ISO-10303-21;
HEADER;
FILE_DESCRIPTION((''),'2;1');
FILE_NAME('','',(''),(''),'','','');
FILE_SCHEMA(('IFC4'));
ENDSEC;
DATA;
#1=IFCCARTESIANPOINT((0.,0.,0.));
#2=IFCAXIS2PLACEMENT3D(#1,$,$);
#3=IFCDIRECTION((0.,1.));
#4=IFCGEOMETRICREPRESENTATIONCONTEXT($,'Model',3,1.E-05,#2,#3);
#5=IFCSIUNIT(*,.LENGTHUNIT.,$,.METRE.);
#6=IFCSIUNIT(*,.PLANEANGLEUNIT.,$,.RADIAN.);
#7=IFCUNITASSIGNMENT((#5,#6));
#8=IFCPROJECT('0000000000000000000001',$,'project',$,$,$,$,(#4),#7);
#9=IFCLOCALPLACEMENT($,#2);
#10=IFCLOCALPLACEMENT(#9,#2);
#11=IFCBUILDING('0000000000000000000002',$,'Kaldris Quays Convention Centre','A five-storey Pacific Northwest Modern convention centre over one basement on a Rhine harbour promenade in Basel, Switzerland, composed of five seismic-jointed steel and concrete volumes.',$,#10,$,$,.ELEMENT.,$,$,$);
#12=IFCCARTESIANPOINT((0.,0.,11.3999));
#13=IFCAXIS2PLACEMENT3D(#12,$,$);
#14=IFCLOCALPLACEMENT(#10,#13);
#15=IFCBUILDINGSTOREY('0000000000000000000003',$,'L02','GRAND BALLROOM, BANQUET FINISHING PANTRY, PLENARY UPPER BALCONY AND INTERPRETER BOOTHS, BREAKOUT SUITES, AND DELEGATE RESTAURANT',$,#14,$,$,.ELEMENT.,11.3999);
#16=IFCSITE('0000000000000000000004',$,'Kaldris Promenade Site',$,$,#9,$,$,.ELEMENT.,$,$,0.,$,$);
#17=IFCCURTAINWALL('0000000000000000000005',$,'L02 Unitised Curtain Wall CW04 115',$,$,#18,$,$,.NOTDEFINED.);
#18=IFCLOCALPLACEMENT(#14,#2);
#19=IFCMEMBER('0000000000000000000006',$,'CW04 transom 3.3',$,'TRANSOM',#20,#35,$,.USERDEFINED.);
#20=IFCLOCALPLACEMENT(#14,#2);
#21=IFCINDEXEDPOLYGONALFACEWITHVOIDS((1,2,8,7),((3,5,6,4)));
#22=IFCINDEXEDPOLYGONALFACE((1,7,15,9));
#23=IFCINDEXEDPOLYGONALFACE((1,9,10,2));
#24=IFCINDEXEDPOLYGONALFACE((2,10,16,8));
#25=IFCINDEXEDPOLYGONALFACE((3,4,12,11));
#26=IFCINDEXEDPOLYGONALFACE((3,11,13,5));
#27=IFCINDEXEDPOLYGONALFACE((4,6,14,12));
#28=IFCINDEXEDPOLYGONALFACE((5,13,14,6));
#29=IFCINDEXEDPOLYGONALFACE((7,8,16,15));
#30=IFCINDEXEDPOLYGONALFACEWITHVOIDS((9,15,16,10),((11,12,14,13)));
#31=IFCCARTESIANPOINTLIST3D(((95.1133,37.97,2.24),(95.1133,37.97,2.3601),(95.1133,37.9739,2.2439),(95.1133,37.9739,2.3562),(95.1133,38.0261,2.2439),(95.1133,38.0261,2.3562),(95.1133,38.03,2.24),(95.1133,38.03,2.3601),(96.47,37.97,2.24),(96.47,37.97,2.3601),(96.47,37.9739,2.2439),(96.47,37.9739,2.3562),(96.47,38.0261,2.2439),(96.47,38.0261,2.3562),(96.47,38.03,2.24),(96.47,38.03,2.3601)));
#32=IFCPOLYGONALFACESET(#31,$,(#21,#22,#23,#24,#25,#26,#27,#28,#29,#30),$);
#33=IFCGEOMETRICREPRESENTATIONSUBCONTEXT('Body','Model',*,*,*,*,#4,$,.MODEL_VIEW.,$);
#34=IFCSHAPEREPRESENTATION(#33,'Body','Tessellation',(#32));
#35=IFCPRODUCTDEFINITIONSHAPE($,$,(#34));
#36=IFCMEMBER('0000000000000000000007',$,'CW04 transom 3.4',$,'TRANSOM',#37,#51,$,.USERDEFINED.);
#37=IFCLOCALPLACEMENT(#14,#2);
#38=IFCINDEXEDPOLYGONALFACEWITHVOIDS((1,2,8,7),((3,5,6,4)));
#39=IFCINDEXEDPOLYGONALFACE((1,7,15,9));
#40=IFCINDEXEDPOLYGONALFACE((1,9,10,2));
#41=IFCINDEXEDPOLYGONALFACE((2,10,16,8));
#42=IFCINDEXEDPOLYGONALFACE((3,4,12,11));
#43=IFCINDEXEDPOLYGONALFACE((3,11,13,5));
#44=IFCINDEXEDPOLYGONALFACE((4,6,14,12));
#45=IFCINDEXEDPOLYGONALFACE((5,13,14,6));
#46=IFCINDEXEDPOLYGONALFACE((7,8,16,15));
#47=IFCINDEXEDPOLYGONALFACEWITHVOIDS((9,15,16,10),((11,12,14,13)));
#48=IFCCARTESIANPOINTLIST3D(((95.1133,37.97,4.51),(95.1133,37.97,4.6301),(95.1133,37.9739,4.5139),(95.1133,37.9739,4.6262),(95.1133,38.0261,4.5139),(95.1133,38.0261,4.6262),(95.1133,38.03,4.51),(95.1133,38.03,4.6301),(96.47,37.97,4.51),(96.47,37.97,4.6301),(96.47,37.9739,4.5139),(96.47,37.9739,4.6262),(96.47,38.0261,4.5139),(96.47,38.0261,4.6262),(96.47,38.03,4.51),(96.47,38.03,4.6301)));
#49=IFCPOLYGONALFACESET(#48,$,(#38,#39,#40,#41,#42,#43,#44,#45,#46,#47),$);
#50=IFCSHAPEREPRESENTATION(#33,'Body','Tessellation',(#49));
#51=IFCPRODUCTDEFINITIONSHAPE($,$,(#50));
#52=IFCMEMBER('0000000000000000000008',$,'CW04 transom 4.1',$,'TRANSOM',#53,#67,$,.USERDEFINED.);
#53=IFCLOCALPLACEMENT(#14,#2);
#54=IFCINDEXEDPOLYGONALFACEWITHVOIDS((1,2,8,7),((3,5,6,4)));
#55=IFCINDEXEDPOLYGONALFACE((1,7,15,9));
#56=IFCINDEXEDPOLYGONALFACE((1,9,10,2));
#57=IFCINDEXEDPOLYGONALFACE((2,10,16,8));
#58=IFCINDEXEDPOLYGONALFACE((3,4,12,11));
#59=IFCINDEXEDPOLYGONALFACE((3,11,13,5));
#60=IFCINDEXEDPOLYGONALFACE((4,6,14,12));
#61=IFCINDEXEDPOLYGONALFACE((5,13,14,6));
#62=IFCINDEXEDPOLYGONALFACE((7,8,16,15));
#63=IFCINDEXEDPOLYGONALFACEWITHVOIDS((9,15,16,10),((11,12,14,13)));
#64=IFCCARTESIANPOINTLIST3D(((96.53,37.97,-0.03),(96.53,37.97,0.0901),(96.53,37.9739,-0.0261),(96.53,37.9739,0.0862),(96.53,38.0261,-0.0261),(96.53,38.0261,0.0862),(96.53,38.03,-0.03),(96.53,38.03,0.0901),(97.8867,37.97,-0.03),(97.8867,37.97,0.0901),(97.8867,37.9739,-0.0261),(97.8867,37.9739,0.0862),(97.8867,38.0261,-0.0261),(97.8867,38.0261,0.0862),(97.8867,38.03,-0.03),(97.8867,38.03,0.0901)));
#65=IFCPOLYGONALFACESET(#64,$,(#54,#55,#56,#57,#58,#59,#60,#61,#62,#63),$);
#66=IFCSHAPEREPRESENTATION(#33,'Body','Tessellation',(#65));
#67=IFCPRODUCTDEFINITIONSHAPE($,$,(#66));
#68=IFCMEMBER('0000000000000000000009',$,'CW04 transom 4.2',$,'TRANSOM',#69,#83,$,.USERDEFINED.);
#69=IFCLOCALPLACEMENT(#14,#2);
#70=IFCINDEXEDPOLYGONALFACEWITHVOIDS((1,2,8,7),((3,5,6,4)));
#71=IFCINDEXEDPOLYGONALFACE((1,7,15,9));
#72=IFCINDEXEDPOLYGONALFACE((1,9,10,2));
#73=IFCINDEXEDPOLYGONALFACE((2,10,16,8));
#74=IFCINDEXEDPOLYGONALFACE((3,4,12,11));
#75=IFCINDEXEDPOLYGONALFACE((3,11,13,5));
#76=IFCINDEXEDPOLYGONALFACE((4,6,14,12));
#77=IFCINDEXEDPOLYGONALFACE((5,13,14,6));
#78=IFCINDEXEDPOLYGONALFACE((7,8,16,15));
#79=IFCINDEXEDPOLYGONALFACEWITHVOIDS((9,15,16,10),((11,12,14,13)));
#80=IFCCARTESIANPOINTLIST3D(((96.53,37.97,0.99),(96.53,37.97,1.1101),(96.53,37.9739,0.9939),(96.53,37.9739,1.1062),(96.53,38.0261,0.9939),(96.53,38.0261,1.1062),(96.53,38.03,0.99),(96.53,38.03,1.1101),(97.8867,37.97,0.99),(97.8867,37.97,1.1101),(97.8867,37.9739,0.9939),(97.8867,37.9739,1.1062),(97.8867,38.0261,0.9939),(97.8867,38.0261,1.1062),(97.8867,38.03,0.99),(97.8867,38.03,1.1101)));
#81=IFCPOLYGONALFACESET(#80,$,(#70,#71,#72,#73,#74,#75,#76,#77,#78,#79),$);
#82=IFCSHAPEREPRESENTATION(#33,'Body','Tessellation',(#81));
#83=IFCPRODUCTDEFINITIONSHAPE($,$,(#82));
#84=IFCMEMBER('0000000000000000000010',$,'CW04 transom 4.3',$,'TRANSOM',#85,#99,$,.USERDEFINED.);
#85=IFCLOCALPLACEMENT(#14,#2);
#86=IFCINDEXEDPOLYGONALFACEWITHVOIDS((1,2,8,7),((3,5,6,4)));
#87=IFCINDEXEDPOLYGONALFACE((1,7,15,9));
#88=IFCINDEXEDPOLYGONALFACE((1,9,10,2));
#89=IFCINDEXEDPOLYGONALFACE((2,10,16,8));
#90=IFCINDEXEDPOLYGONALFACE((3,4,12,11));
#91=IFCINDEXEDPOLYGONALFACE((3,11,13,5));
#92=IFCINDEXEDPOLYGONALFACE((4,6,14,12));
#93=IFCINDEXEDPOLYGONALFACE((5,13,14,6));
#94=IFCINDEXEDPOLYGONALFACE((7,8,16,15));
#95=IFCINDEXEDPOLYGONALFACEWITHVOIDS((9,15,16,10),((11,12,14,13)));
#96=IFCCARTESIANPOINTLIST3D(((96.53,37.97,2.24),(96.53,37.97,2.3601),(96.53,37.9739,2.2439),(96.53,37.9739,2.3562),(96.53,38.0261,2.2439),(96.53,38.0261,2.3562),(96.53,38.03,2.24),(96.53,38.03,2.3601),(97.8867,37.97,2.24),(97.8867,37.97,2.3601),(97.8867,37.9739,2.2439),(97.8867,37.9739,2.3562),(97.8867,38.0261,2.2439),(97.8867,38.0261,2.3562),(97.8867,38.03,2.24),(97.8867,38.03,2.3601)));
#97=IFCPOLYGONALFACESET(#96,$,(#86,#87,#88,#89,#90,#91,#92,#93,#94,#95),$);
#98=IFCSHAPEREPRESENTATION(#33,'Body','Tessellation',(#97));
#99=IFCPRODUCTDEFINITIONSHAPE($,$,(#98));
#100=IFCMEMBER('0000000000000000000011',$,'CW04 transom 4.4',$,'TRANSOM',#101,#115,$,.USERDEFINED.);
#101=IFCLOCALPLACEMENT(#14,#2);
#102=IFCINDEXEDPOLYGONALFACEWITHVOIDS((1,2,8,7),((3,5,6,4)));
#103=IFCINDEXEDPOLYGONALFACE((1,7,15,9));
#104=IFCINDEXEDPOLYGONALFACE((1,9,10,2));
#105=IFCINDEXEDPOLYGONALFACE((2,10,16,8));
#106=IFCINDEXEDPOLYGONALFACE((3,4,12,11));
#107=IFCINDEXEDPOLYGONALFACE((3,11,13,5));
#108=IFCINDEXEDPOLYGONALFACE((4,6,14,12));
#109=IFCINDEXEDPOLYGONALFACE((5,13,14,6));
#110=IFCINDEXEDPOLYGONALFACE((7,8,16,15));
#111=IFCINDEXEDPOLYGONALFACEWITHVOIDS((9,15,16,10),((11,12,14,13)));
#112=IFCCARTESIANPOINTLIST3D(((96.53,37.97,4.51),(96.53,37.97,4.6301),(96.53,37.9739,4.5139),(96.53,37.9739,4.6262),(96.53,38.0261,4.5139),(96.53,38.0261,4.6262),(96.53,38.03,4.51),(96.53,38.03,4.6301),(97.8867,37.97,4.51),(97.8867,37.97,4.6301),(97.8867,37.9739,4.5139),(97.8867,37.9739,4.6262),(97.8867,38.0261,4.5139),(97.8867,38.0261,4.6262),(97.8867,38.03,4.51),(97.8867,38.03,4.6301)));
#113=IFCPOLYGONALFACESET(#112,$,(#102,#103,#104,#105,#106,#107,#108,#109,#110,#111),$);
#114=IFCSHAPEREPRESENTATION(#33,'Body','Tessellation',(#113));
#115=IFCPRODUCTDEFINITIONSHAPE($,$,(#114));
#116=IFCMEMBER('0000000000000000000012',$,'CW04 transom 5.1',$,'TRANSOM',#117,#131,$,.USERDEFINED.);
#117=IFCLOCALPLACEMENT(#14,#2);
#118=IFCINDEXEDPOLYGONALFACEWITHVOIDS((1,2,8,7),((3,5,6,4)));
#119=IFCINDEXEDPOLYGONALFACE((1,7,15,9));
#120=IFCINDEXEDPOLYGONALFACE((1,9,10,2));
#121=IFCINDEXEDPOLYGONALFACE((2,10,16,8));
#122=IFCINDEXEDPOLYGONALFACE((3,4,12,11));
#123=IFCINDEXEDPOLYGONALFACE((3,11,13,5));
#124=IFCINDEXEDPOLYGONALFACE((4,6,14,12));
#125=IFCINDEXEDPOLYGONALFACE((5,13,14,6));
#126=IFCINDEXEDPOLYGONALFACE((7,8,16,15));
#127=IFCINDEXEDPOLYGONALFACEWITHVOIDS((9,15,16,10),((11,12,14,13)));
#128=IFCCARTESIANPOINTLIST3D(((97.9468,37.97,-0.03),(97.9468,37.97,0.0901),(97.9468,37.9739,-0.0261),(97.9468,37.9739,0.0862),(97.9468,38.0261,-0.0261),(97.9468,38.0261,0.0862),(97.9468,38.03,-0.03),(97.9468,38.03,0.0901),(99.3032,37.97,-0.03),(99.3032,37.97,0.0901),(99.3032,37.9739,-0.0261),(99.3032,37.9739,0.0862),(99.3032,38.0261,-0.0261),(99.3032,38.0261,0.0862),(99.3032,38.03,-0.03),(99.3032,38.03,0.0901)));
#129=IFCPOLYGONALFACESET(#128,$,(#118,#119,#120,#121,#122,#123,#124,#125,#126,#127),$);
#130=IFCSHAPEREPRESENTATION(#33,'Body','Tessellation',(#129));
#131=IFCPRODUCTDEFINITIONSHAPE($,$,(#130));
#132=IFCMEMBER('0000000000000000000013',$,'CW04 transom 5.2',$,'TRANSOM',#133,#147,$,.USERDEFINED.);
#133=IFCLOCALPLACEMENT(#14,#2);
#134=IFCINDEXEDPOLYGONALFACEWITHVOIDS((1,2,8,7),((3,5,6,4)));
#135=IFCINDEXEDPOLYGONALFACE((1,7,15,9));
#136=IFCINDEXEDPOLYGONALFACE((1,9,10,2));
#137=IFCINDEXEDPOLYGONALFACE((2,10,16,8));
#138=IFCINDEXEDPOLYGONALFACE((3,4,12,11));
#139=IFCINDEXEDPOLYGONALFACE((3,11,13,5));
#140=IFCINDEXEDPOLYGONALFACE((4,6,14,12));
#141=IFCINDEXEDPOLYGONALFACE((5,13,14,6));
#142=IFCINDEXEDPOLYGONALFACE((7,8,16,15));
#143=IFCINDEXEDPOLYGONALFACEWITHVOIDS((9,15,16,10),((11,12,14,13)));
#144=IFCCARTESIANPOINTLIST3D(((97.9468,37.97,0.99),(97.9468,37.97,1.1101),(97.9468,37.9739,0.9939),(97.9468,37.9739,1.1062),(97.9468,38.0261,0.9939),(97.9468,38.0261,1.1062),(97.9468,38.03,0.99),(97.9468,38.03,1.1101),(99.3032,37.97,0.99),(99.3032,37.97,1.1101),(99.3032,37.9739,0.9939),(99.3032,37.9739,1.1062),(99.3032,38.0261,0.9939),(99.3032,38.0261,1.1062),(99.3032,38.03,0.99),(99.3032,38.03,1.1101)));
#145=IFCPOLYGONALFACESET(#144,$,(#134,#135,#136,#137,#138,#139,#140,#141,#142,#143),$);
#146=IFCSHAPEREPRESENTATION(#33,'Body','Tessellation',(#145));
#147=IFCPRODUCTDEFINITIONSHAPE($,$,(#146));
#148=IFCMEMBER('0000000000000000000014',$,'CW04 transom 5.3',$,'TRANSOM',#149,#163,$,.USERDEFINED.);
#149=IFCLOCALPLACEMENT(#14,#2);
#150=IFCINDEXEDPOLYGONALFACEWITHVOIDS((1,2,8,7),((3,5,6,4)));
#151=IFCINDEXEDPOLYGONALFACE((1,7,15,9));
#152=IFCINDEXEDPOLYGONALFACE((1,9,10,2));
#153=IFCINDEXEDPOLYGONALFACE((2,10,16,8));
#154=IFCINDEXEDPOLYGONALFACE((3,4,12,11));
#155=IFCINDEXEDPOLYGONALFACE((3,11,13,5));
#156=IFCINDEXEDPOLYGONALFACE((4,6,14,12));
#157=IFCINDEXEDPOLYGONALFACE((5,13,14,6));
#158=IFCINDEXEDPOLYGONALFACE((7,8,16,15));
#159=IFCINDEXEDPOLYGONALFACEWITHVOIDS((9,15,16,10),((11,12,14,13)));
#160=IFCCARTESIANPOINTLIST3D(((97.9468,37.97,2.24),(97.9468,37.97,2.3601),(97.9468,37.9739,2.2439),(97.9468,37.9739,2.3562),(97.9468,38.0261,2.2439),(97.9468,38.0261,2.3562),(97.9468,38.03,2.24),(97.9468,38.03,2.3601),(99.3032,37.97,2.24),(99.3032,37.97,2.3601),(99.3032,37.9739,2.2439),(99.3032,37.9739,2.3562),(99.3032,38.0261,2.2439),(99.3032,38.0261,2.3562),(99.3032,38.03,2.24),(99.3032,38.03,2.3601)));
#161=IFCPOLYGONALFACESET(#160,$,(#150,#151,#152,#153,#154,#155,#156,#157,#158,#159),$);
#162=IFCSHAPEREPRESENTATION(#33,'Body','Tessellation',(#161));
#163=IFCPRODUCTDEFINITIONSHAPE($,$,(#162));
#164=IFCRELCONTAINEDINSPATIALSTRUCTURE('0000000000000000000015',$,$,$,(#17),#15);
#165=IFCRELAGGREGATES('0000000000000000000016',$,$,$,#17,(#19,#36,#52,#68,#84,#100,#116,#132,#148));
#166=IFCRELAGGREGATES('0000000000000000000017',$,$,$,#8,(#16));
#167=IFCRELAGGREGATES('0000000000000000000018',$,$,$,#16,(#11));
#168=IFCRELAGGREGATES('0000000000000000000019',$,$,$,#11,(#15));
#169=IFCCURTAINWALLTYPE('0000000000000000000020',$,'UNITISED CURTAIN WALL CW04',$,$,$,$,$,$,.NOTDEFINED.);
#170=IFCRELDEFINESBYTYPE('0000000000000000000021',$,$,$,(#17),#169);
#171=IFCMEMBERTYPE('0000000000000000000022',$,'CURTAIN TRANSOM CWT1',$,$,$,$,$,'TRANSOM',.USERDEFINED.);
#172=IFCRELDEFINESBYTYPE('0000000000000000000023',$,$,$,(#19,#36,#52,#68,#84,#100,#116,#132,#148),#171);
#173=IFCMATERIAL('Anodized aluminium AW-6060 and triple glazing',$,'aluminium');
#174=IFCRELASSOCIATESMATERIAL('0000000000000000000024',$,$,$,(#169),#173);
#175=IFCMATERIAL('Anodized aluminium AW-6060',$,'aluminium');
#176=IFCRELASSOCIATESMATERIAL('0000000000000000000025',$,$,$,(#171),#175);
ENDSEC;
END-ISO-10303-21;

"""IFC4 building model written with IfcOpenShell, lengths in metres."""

from ifc_helpers import new_model, si_unit, direction, frame, origin, origin_2d, place, context, subcontext, project, spatial, hollow_rectangle, extrude, material, material_profile, profile_set, type_object, element, aggregate, save


model = new_model("IFC4")

# Units and contexts
model_context = context("Model", 3, precision=1e-05, world=origin(), true_north=direction((0.0, 1.0)))
body_context = subcontext(model_context, "Body", "Model", "MODEL_VIEW")
ifc_project = project(units=[si_unit("LENGTHUNIT", "METRE"), si_unit("PLANEANGLEUNIT", "RADIAN")], contexts=[model_context])

# Site, building, storey
site_placement = place(None, origin())
site = spatial("IfcSite", under=ifc_project, at=site_placement, Name="Kaldris Promenade Site", CompositionType="ELEMENT", RefElevation=0.0)
building_placement = place(site_placement, origin())
building = spatial("IfcBuilding", under=site, at=building_placement, Name="Kaldris Quays Convention Centre", Description="A five-storey Pacific Northwest Modern convention centre over one basement on a Rhine harbour promenade in Basel, Switzerland, composed of five seismic-jointed steel and concrete volumes.", CompositionType="ELEMENT")
storey_placement = place(building_placement, frame((0.0, 0.0, 11.3999)))
storey = spatial("IfcBuildingStorey", under=building, at=storey_placement, Name="L02", Description="GRAND BALLROOM, BANQUET FINISHING PANTRY, PLENARY UPPER BALCONY AND INTERPRETER BOOTHS, BREAKOUT SUITES, AND DELEGATE RESTAURANT", CompositionType="ELEMENT", Elevation=11.3999)

# Curtain wall, members
ifc_material_1 = material(Name="Anodized aluminium AW-6060 and triple glazing", Category="aluminium")
curtain_wall_type = type_object("IfcCurtainWallType", Name="UNITISED CURTAIN WALL CW04", PredefinedType="NOTDEFINED", material=ifc_material_1)
curtain_wall_placement = place(storey_placement, origin())
curtain_wall = element("IfcCurtainWall", 1, at=curtain_wall_placement, inside=storey, type_object=curtain_wall_type, Name="L02 Unitised Curtain Wall CW04 115", PredefinedType="NOTDEFINED")
ifc_material_2 = material(Name="Anodized aluminium AW-6060", Category="aluminium")
ifc_material_profile_1 = material_profile(ifc_material_2, hollow_rectangle(XDim=0.0601, YDim=0.1201, WallThickness=0.0039, at=origin_2d()), Name="RHS 120x60x4")
ifc_profile_set_1 = profile_set([ifc_material_profile_1], Name="Anodized aluminium AW-6060")
member_type_1 = type_object("IfcMemberType", Name="CURTAIN TRANSOM CWT1", ElementType="TRANSOM", PredefinedType="USERDEFINED", material=ifc_profile_set_1)
member_1_placement = place(storey_placement, frame((95.1133, 38.0, 2.3), z_axis=(1.0, 0.0, 0.0), x_axis=(0.0, 1.0, 0.0)))
member_1 = element("IfcMember", 2, at=member_1_placement, type_object=member_type_1, Name="CW04 transom 3.3", ObjectType="TRANSOM", PredefinedType="USERDEFINED", context=body_context, shape_type="SweptSolid", body=[
    extrude(hollow_rectangle(XDim=0.0601, YDim=0.1201, WallThickness=0.0039, at=origin_2d()), origin(), (0.0, 0.0, 1.0), 1.3567),
])
member_2_placement = place(storey_placement, frame((95.1133, 38.0, 4.5701), z_axis=(1.0, 0.0, 0.0), x_axis=(0.0, 1.0, 0.0)))
member_2 = element("IfcMember", 3, at=member_2_placement, type_object=member_type_1, Name="CW04 transom 3.4", ObjectType="TRANSOM", PredefinedType="USERDEFINED", context=body_context, shape_type="SweptSolid", body=[
    extrude(hollow_rectangle(XDim=0.0601, YDim=0.1201, WallThickness=0.0039, at=origin_2d()), origin(), (0.0, 0.0, 1.0), 1.3567),
])
member_3_placement = place(storey_placement, frame((96.53, 38.0, 0.03), z_axis=(1.0, 0.0, 0.0), x_axis=(0.0, 1.0, 0.0)))
member_3 = element("IfcMember", 4, at=member_3_placement, type_object=member_type_1, Name="CW04 transom 4.1", ObjectType="TRANSOM", PredefinedType="USERDEFINED", context=body_context, shape_type="SweptSolid", body=[
    extrude(hollow_rectangle(XDim=0.0601, YDim=0.1201, WallThickness=0.0039, at=origin_2d()), origin(), (0.0, 0.0, 1.0), 1.3567),
])
member_4_placement = place(storey_placement, frame((96.53, 38.0, 1.05), z_axis=(1.0, 0.0, 0.0), x_axis=(0.0, 1.0, 0.0)))
member_4 = element("IfcMember", 5, at=member_4_placement, type_object=member_type_1, Name="CW04 transom 4.2", ObjectType="TRANSOM", PredefinedType="USERDEFINED", context=body_context, shape_type="SweptSolid", body=[
    extrude(hollow_rectangle(XDim=0.0601, YDim=0.1201, WallThickness=0.0039, at=origin_2d()), origin(), (0.0, 0.0, 1.0), 1.3567),
])
member_5_placement = place(storey_placement, frame((96.53, 38.0, 2.3), z_axis=(1.0, 0.0, 0.0), x_axis=(0.0, 1.0, 0.0)))
member_5 = element("IfcMember", 6, at=member_5_placement, type_object=member_type_1, Name="CW04 transom 4.3", ObjectType="TRANSOM", PredefinedType="USERDEFINED", context=body_context, shape_type="SweptSolid", body=[
    extrude(hollow_rectangle(XDim=0.0601, YDim=0.1201, WallThickness=0.0039, at=origin_2d()), origin(), (0.0, 0.0, 1.0), 1.3567),
])
member_6_placement = place(storey_placement, frame((96.53, 38.0, 4.5701), z_axis=(1.0, 0.0, 0.0), x_axis=(0.0, 1.0, 0.0)))
member_6 = element("IfcMember", 7, at=member_6_placement, type_object=member_type_1, Name="CW04 transom 4.4", ObjectType="TRANSOM", PredefinedType="USERDEFINED", context=body_context, shape_type="SweptSolid", body=[
    extrude(hollow_rectangle(XDim=0.0601, YDim=0.1201, WallThickness=0.0039, at=origin_2d()), origin(), (0.0, 0.0, 1.0), 1.3567),
])
member_7_placement = place(storey_placement, frame((97.9468, 38.0, 0.03), z_axis=(1.0, 0.0, 0.0), x_axis=(0.0, 1.0, 0.0)))
member_7 = element("IfcMember", 8, at=member_7_placement, type_object=member_type_1, Name="CW04 transom 5.1", ObjectType="TRANSOM", PredefinedType="USERDEFINED", context=body_context, shape_type="SweptSolid", body=[
    extrude(hollow_rectangle(XDim=0.0601, YDim=0.1201, WallThickness=0.0039, at=origin_2d()), origin(), (0.0, 0.0, 1.0), 1.3564),
])
member_8_placement = place(storey_placement, frame((97.9468, 38.0, 1.05), z_axis=(1.0, 0.0, 0.0), x_axis=(0.0, 1.0, 0.0)))
member_8 = element("IfcMember", 9, at=member_8_placement, type_object=member_type_1, Name="CW04 transom 5.2", ObjectType="TRANSOM", PredefinedType="USERDEFINED", context=body_context, shape_type="SweptSolid", body=[
    extrude(hollow_rectangle(XDim=0.0601, YDim=0.1201, WallThickness=0.0039, at=origin_2d()), origin(), (0.0, 0.0, 1.0), 1.3564),
])
member_9_placement = place(storey_placement, frame((97.9468, 38.0, 2.3), z_axis=(1.0, 0.0, 0.0), x_axis=(0.0, 1.0, 0.0)))
member_9 = element("IfcMember", 10, at=member_9_placement, type_object=member_type_1, Name="CW04 transom 5.3", ObjectType="TRANSOM", PredefinedType="USERDEFINED", context=body_context, shape_type="SweptSolid", body=[
    extrude(hollow_rectangle(XDim=0.0601, YDim=0.1201, WallThickness=0.0039, at=origin_2d()), origin(), (0.0, 0.0, 1.0), 1.3564),
])

aggregate(curtain_wall, [member_1, member_2, member_3, member_4, member_5, member_6, member_7, member_8, member_9])

save(model, "model.ifc")
